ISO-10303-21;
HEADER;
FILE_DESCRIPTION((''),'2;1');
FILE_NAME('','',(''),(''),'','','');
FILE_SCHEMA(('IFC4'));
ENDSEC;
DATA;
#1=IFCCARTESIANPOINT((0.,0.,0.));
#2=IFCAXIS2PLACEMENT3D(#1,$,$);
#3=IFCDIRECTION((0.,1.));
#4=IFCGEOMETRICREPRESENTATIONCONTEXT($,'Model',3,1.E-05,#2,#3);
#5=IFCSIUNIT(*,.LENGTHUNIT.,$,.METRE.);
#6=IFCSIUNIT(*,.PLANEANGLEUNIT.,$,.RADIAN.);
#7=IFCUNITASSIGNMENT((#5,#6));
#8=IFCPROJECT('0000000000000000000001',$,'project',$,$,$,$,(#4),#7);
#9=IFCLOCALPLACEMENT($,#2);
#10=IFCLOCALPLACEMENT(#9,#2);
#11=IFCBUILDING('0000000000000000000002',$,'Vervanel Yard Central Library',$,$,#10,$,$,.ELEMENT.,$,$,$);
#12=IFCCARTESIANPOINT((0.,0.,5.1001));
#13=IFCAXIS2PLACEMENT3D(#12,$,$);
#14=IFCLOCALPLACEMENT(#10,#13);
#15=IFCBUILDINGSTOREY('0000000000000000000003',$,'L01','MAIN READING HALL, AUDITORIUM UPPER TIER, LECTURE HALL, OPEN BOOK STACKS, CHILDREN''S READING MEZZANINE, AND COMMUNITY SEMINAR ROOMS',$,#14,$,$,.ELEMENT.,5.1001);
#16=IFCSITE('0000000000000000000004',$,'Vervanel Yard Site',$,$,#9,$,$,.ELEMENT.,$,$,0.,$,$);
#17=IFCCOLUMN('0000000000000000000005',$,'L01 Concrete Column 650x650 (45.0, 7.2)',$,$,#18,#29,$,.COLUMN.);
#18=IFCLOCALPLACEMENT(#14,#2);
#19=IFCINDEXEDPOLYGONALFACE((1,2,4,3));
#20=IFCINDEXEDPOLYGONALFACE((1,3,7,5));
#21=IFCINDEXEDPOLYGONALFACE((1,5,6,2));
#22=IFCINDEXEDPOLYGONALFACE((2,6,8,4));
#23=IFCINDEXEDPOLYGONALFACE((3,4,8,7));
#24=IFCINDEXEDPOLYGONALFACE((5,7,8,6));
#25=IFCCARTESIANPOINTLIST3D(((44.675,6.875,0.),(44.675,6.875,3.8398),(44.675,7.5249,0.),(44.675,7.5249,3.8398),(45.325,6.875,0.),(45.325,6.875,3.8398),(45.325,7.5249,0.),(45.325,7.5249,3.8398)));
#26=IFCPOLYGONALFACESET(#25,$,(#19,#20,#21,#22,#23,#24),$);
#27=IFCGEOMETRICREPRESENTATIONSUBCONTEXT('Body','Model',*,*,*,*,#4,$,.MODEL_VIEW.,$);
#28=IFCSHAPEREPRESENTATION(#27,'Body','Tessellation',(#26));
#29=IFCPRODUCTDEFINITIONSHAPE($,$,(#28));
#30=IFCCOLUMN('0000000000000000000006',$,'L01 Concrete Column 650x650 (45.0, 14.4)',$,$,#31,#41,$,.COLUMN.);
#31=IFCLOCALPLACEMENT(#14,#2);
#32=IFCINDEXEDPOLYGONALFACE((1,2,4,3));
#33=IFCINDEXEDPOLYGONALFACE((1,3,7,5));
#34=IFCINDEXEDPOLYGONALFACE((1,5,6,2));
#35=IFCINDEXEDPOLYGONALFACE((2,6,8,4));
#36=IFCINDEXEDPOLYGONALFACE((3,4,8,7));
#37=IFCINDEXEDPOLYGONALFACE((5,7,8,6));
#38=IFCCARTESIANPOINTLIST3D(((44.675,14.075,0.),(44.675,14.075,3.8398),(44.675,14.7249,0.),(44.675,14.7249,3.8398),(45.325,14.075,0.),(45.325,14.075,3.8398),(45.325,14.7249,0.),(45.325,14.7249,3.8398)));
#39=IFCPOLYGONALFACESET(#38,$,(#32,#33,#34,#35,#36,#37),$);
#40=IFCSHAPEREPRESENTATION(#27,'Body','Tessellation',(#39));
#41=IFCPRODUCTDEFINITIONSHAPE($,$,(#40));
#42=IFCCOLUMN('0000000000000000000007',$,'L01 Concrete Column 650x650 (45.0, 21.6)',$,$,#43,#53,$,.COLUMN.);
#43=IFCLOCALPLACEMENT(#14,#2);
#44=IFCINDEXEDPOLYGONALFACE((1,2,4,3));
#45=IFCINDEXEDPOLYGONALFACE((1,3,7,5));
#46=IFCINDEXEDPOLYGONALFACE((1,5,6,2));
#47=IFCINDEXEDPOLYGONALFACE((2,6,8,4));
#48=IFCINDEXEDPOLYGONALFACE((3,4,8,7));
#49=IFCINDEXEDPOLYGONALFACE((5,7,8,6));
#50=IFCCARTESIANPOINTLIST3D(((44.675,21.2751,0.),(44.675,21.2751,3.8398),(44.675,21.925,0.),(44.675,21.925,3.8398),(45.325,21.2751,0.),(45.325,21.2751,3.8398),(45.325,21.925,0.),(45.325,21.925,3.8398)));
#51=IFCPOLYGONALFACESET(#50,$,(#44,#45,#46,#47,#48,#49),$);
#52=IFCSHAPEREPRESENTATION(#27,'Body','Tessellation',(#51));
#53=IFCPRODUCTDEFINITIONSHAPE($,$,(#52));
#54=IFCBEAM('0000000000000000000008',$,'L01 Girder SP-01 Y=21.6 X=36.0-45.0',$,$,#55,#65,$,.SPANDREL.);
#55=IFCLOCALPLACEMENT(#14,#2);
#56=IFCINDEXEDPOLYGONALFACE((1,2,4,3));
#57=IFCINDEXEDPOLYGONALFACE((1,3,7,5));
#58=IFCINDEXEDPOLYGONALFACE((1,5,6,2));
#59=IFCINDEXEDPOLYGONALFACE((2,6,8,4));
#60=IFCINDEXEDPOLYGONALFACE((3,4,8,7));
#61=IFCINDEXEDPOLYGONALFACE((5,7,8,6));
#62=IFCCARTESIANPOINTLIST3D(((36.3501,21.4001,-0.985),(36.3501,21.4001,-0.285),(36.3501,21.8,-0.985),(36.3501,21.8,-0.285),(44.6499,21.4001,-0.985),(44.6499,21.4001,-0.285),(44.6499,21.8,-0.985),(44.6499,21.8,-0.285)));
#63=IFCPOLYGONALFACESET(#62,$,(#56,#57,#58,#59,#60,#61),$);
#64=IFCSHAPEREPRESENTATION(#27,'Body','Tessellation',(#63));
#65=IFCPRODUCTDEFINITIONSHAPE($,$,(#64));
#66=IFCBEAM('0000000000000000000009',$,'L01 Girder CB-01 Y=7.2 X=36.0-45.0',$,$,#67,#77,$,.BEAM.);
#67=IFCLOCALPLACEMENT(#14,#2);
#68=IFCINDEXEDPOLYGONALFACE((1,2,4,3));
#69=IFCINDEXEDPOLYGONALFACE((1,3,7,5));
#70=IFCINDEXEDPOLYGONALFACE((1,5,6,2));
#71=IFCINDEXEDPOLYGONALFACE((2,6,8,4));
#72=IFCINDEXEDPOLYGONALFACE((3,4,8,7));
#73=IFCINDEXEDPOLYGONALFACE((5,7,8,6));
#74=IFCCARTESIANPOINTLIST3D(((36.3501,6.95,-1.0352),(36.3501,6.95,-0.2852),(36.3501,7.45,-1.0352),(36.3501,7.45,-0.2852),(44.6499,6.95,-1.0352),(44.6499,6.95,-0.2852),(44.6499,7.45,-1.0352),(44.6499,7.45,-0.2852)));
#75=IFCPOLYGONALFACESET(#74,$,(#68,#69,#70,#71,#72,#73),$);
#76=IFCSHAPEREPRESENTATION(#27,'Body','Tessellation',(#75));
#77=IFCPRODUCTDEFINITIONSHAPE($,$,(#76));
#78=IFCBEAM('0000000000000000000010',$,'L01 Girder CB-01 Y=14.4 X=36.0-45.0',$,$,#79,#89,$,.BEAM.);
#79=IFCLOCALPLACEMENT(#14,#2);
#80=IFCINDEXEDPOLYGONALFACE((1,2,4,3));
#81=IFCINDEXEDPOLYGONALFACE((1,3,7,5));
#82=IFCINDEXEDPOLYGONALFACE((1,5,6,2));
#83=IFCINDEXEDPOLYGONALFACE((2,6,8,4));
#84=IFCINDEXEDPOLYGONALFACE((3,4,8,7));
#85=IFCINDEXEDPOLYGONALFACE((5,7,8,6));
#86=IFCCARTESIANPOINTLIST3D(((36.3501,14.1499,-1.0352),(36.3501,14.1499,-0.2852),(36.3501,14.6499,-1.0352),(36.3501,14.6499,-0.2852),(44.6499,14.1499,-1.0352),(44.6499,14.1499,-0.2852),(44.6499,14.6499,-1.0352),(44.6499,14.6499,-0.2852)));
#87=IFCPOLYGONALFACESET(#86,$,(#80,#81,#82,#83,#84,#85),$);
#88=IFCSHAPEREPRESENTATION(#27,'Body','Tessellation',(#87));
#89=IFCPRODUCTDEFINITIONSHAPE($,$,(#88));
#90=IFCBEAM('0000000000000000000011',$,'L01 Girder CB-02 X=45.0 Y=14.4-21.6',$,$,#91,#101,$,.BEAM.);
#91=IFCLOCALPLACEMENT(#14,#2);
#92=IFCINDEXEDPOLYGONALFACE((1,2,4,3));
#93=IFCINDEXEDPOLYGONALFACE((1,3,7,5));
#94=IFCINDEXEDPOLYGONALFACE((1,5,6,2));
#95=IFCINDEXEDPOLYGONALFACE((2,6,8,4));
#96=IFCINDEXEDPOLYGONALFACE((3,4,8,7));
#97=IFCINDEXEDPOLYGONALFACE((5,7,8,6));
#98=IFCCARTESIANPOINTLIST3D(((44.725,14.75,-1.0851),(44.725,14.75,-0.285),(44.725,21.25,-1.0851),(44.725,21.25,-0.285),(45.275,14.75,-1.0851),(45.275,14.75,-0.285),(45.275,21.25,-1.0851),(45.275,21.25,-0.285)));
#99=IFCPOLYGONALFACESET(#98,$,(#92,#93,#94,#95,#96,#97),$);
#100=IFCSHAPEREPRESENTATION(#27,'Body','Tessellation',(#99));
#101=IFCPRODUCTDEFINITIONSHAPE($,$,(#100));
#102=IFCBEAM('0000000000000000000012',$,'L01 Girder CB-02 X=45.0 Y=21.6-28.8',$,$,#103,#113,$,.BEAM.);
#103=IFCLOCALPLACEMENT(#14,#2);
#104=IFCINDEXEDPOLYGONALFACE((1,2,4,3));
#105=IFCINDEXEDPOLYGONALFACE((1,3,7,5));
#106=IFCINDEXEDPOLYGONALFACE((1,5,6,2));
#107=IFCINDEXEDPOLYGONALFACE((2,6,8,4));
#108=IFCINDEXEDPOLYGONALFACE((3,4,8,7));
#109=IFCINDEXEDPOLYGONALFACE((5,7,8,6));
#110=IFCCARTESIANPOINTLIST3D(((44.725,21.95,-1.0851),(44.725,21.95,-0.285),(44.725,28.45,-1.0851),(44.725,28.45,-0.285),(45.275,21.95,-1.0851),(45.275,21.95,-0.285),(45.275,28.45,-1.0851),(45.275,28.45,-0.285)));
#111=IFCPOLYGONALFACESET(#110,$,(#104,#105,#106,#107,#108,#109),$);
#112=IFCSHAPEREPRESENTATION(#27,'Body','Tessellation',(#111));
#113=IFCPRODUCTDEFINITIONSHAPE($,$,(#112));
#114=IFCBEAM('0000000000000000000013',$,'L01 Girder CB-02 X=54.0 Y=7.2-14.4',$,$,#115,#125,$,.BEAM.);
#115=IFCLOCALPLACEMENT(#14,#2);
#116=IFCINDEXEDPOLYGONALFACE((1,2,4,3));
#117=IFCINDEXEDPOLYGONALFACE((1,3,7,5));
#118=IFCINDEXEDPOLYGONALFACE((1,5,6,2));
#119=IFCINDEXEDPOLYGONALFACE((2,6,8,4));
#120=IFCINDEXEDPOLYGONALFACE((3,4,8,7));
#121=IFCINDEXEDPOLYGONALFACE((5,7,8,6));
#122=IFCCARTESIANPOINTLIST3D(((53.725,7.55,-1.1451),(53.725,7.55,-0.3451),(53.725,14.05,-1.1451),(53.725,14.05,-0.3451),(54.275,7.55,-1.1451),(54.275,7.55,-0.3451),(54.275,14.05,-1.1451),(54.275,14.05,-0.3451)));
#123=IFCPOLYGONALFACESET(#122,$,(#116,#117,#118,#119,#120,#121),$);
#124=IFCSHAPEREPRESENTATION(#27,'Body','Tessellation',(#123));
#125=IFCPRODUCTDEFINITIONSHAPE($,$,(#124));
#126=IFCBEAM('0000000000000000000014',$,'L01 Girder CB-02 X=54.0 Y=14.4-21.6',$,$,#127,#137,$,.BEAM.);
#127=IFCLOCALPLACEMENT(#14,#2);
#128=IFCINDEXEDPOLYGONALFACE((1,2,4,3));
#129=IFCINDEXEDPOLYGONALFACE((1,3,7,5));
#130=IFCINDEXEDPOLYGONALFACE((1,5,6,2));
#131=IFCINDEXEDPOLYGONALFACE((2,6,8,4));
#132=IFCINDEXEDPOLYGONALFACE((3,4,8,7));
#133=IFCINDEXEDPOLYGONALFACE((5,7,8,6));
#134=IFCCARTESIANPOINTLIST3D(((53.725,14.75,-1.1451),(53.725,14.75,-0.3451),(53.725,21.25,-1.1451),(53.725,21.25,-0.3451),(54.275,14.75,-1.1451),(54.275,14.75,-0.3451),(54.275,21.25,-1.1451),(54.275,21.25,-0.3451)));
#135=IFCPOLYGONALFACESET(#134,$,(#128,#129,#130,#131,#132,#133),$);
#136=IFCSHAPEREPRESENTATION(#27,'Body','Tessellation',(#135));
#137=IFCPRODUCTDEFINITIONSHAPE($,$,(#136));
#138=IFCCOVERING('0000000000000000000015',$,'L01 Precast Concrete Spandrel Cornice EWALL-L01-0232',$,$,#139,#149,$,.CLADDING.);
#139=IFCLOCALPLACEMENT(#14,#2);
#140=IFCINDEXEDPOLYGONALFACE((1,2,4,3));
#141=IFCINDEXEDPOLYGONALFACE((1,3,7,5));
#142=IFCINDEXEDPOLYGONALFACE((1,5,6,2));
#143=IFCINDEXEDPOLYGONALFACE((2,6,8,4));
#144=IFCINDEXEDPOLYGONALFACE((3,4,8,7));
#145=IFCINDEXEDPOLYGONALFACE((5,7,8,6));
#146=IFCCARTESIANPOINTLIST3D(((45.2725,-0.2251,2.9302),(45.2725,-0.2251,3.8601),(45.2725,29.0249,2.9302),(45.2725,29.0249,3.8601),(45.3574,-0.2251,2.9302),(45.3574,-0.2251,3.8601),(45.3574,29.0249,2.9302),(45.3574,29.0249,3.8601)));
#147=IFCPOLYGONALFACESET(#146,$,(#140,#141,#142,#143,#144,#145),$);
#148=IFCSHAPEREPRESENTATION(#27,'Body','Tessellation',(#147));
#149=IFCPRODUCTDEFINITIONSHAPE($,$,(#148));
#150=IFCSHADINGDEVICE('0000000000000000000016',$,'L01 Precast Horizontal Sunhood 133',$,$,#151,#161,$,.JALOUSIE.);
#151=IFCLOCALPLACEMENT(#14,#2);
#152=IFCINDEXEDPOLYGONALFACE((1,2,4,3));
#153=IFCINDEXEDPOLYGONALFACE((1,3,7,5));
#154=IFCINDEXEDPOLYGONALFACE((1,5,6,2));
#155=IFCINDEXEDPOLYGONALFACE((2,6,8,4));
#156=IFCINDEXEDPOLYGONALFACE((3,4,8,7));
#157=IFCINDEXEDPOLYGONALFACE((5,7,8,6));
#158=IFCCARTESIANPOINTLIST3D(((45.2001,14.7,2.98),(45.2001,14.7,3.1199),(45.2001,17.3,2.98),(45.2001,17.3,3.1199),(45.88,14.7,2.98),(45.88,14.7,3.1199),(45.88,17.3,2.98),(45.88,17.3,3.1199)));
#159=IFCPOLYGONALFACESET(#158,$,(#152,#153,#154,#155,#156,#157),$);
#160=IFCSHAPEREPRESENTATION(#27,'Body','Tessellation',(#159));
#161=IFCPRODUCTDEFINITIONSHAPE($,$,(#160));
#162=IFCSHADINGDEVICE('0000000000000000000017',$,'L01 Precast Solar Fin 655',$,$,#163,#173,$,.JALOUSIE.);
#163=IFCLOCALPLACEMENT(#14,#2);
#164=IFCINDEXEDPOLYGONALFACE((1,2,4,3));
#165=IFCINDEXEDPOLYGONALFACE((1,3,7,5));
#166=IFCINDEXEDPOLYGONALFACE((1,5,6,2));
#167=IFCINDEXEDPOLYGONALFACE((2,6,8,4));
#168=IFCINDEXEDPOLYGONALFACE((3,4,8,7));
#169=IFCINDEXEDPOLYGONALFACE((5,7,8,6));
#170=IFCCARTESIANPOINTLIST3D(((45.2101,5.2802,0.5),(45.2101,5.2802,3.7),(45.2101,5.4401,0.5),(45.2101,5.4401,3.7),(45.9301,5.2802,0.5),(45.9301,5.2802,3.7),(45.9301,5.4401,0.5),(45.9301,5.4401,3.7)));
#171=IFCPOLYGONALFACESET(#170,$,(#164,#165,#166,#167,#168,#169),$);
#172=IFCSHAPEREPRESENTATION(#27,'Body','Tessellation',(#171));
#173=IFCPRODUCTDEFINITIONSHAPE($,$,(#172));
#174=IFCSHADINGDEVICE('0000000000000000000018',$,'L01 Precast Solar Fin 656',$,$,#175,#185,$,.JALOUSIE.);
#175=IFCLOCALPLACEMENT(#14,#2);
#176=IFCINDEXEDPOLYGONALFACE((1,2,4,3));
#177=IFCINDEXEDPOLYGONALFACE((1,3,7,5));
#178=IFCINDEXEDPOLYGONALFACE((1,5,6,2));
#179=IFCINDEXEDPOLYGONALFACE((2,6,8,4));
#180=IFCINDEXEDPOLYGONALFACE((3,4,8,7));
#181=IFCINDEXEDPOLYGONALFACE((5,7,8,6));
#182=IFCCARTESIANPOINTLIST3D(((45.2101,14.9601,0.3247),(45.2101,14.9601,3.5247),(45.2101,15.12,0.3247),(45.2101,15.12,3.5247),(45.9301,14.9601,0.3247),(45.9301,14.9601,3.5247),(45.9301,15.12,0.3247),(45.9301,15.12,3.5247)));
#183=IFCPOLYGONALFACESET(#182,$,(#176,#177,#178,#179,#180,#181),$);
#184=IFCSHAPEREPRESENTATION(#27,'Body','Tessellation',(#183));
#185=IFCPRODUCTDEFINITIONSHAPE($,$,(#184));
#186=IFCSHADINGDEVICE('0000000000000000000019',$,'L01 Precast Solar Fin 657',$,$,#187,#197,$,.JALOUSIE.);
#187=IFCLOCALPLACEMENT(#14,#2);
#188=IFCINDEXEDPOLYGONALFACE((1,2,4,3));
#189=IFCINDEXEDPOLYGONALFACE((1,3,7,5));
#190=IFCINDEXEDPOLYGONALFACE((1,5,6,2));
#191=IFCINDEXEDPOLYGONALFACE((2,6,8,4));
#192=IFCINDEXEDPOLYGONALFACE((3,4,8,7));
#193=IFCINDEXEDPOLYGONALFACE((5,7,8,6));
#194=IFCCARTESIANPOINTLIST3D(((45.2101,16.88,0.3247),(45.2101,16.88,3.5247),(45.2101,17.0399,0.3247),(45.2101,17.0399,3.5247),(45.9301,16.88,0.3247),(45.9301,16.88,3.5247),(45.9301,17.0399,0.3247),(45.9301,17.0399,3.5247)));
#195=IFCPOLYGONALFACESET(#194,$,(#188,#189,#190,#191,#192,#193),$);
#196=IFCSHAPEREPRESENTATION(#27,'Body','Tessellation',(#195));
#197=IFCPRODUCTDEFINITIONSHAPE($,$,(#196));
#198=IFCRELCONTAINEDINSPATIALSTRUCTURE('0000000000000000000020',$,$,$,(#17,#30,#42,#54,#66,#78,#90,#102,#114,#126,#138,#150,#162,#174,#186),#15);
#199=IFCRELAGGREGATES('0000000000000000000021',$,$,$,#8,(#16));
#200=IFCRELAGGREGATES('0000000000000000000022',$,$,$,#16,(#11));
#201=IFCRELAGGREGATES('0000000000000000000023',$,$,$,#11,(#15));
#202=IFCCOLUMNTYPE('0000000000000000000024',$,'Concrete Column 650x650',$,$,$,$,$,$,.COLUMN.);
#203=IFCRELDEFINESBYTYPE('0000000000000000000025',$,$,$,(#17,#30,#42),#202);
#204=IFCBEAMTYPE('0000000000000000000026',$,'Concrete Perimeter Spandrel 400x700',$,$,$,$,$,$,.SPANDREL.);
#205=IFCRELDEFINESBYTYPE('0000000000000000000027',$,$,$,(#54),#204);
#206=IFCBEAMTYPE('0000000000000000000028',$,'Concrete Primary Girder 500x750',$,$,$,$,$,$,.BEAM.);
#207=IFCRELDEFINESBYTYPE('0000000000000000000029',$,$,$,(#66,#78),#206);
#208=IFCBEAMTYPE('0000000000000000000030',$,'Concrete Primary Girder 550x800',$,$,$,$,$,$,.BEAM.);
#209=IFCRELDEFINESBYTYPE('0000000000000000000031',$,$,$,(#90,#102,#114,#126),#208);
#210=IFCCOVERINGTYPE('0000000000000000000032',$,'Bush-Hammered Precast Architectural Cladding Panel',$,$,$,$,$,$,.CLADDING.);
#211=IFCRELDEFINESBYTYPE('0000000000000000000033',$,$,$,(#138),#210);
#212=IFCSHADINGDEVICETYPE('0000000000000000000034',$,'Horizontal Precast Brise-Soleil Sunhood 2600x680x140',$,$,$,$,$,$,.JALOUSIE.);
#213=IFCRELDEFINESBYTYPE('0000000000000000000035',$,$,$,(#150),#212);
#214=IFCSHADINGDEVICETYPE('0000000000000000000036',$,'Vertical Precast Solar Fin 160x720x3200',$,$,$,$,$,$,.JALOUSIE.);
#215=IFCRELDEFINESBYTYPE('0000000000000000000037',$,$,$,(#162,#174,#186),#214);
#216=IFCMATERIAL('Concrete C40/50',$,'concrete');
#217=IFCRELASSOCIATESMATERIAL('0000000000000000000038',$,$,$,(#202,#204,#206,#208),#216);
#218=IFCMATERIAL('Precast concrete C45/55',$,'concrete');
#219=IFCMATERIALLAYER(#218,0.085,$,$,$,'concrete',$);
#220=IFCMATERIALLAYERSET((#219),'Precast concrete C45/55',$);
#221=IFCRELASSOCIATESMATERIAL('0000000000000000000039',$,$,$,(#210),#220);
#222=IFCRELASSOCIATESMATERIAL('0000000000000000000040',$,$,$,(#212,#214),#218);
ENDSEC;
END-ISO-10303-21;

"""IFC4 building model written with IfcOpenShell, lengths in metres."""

from ifc_helpers import new_model, si_unit, direction, frame, origin, origin_2d, place, context, subcontext, project, spatial, rectangle, extrude, material, layer, layer_set, material_profile, profile_set, type_object, element, save


model = new_model("IFC4")

# Units and contexts
model_context = context("Model", 3, precision=1e-05, world=origin(), true_north=direction((0.0, 1.0)))
body_context = subcontext(model_context, "Body", "Model", "MODEL_VIEW")
ifc_project = project(units=[si_unit("LENGTHUNIT", "METRE"), si_unit("PLANEANGLEUNIT", "RADIAN")], contexts=[model_context])

# Site, building, storey
site_placement = place(None, origin())
site = spatial("IfcSite", under=ifc_project, at=site_placement, Name="Vervanel Yard Site", CompositionType="ELEMENT", RefElevation=0.0)
building_placement = place(site_placement, origin())
building = spatial("IfcBuilding", under=site, at=building_placement, Name="Vervanel Yard Central Library", CompositionType="ELEMENT")
storey_placement = place(building_placement, frame((0.0, 0.0, 5.1001)))
storey = spatial("IfcBuildingStorey", under=building, at=storey_placement, Name="L01", Description="MAIN READING HALL, AUDITORIUM UPPER TIER, LECTURE HALL, OPEN BOOK STACKS, CHILDREN'S READING MEZZANINE, AND COMMUNITY SEMINAR ROOMS", CompositionType="ELEMENT", Elevation=5.1001)

# Columns
ifc_material_1 = material(Name="Concrete C40/50", Category="concrete")
ifc_material_profile_1 = material_profile(ifc_material_1, rectangle(XDim=0.6499, YDim=0.6499, at=origin_2d()), Name="RC 650x650", Category="concrete")
ifc_profile_set_1 = profile_set([ifc_material_profile_1], Name="Concrete C40/50")
column_type = type_object("IfcColumnType", Name="Concrete Column 650x650", PredefinedType="COLUMN", material=ifc_profile_set_1)
for number, where, z_axis, x_axis, name in (
    (1, (45.0, 7.2, 0.0), (0.0, 0.0, 1.0), (1.0, 0.0, 0.0), "L01 Concrete Column 650x650 (45.0, 7.2)"),
    (2, (45.0, 14.3999, 0.0), (0.0, 0.0, 1.0), (1.0, 0.0, 0.0), "L01 Concrete Column 650x650 (45.0, 14.4)"),
    (3, (45.0, 21.6001, 0.0), (0.0, 0.0, 1.0), (1.0, 0.0, 0.0), "L01 Concrete Column 650x650 (45.0, 21.6)"),
):
    element("IfcColumn", number, at=place(storey_placement, frame(where, z_axis=z_axis, x_axis=x_axis)), inside=storey, type_object=column_type, Name=name, PredefinedType="COLUMN", context=body_context, shape_type="SweptSolid", body=[
        extrude(rectangle(XDim=0.6499, YDim=0.6499, at=origin_2d()), origin(), (0.0, 0.0, 1.0), 3.8398),
    ])

# Beams
ifc_material_profile_2 = material_profile(ifc_material_1, rectangle(XDim=0.3999, YDim=0.7, at=origin_2d()), Name="RC 400x700", Category="concrete")
ifc_profile_set_2 = profile_set([ifc_material_profile_2], Name="Concrete C40/50")
beam_type_1 = type_object("IfcBeamType", Name="Concrete Perimeter Spandrel 400x700", PredefinedType="SPANDREL", material=ifc_profile_set_2)
beam_placement = place(storey_placement, frame((36.3501, 21.6001, -0.635), z_axis=(1.0, 0.0, 0.0), x_axis=(0.0, 1.0, 0.0)))
element("IfcBeam", 4, at=beam_placement, inside=storey, type_object=beam_type_1, Name="L01 Girder SP-01 Y=21.6 X=36.0-45.0", PredefinedType="SPANDREL", context=body_context, shape_type="SweptSolid", body=[
    extrude(rectangle(XDim=0.3999, YDim=0.7, at=origin_2d()), origin(), (0.0, 0.0, 1.0), 8.2998),
])
ifc_material_profile_3 = material_profile(ifc_material_1, rectangle(XDim=0.5, YDim=0.75, at=origin_2d()), Name="RC 500x750", Category="concrete")
ifc_profile_set_3 = profile_set([ifc_material_profile_3], Name="Concrete C40/50")
beam_type_2 = type_object("IfcBeamType", Name="Concrete Primary Girder 500x750", PredefinedType="BEAM", material=ifc_profile_set_3)
for number, where, z_axis, x_axis, name in (
    (5, (36.3501, 7.2, -0.6602), (1.0, 0.0, 0.0), (0.0, 1.0, 0.0), "L01 Girder CB-01 Y=7.2 X=36.0-45.0"),
    (6, (36.3501, 14.3999, -0.6602), (1.0, 0.0, 0.0), (0.0, 1.0, 0.0), "L01 Girder CB-01 Y=14.4 X=36.0-45.0"),
):
    element("IfcBeam", number, at=place(storey_placement, frame(where, z_axis=z_axis, x_axis=x_axis)), inside=storey, type_object=beam_type_2, Name=name, PredefinedType="BEAM", context=body_context, shape_type="SweptSolid", body=[
        extrude(rectangle(XDim=0.5, YDim=0.75, at=origin_2d()), origin(), (0.0, 0.0, 1.0), 8.2998),
    ])
ifc_material_profile_4 = material_profile(ifc_material_1, rectangle(XDim=0.55, YDim=0.8, at=origin_2d()), Name="RC 550x800", Category="concrete")
ifc_profile_set_4 = profile_set([ifc_material_profile_4], Name="Concrete C40/50")
beam_type_3 = type_object("IfcBeamType", Name="Concrete Primary Girder 550x800", PredefinedType="BEAM", material=ifc_profile_set_4)
for number, where, z_axis, x_axis, name in (
    (7, (45.0, 14.75, -0.6851), (0.0, 1.0, 0.0), (-1.0, 0.0, 0.0), "L01 Girder CB-02 X=45.0 Y=14.4-21.6"),
    (8, (45.0, 21.95, -0.6851), (0.0, 1.0, 0.0), (-1.0, 0.0, 0.0), "L01 Girder CB-02 X=45.0 Y=21.6-28.8"),
    (9, (54.0, 7.55, -0.7451), (0.0, 1.0, 0.0), (-1.0, 0.0, 0.0), "L01 Girder CB-02 X=54.0 Y=7.2-14.4"),
    (10, (54.0, 14.75, -0.7451), (0.0, 1.0, 0.0), (-1.0, 0.0, 0.0), "L01 Girder CB-02 X=54.0 Y=14.4-21.6"),
):
    element("IfcBeam", number, at=place(storey_placement, frame(where, z_axis=z_axis, x_axis=x_axis)), inside=storey, type_object=beam_type_3, Name=name, PredefinedType="BEAM", context=body_context, shape_type="SweptSolid", body=[
        extrude(rectangle(XDim=0.55, YDim=0.8, at=origin_2d()), origin(), (0.0, 0.0, 1.0), 6.5),
    ])

# Covering
ifc_material_2 = material(Name="Precast concrete C45/55", Category="concrete")
ifc_layer = layer(ifc_material_2, 0.085, Category="concrete")
ifc_layer_set = layer_set([ifc_layer], Name="Precast concrete C45/55")
covering_type = type_object("IfcCoveringType", Name="Bush-Hammered Precast Architectural Cladding Panel", PredefinedType="CLADDING", material=ifc_layer_set)
covering_placement = place(storey_placement, frame((45.3149, 14.3999, 2.9302), z_axis=(0.0, 0.0, 1.0), x_axis=(0.0, 1.0, 0.0)))
element("IfcCovering", 11, at=covering_placement, inside=storey, type_object=covering_type, Name="L01 Precast Concrete Spandrel Cornice EWALL-L01-0232", PredefinedType="CLADDING", context=body_context, shape_type="SweptSolid", body=[
    extrude(rectangle(XDim=29.25, YDim=0.085, at=origin_2d()), origin(), (0.0, 0.0, 1.0), 0.9299),
])

# Shading devices
shading_device_type_1 = type_object("IfcShadingDeviceType", Name="Horizontal Precast Brise-Soleil Sunhood 2600x680x140", PredefinedType="JALOUSIE", material=ifc_material_2)
shading_device_placement = place(storey_placement, frame((45.54, 16.0, 2.98), z_axis=(0.0, 0.0, 1.0), x_axis=(0.0, 1.0, 0.0)))
element("IfcShadingDevice", 12, at=shading_device_placement, inside=storey, type_object=shading_device_type_1, Name="L01 Precast Horizontal Sunhood 133", PredefinedType="JALOUSIE", context=body_context, shape_type="SweptSolid", body=[
    extrude(rectangle(XDim=2.6001, YDim=0.6799, at=origin_2d()), origin(), (0.0, 0.0, 1.0), 0.1399),
])
shading_device_type_2 = type_object("IfcShadingDeviceType", Name="Vertical Precast Solar Fin 160x720x3200", PredefinedType="JALOUSIE", material=ifc_material_2)
for number, where, z_axis, x_axis, name in (
    (13, (45.5701, 5.3601, 0.5), (0.0, 0.0, 1.0), (0.0, 1.0, 0.0), "L01 Precast Solar Fin 655"),
    (14, (45.5701, 15.04, 0.3247), (0.0, 0.0, 1.0), (0.0, 1.0, 0.0), "L01 Precast Solar Fin 656"),
    (15, (45.5701, 16.96, 0.3247), (0.0, 0.0, 1.0), (0.0, 1.0, 0.0), "L01 Precast Solar Fin 657"),
):
    element("IfcShadingDevice", number, at=place(storey_placement, frame(where, z_axis=z_axis, x_axis=x_axis)), inside=storey, type_object=shading_device_type_2, Name=name, PredefinedType="JALOUSIE", context=body_context, shape_type="SweptSolid", body=[
        extrude(rectangle(XDim=0.1599, YDim=0.72, at=origin_2d()), origin(), (0.0, 0.0, 1.0), 3.2),
    ])

save(model, "model.ifc")
